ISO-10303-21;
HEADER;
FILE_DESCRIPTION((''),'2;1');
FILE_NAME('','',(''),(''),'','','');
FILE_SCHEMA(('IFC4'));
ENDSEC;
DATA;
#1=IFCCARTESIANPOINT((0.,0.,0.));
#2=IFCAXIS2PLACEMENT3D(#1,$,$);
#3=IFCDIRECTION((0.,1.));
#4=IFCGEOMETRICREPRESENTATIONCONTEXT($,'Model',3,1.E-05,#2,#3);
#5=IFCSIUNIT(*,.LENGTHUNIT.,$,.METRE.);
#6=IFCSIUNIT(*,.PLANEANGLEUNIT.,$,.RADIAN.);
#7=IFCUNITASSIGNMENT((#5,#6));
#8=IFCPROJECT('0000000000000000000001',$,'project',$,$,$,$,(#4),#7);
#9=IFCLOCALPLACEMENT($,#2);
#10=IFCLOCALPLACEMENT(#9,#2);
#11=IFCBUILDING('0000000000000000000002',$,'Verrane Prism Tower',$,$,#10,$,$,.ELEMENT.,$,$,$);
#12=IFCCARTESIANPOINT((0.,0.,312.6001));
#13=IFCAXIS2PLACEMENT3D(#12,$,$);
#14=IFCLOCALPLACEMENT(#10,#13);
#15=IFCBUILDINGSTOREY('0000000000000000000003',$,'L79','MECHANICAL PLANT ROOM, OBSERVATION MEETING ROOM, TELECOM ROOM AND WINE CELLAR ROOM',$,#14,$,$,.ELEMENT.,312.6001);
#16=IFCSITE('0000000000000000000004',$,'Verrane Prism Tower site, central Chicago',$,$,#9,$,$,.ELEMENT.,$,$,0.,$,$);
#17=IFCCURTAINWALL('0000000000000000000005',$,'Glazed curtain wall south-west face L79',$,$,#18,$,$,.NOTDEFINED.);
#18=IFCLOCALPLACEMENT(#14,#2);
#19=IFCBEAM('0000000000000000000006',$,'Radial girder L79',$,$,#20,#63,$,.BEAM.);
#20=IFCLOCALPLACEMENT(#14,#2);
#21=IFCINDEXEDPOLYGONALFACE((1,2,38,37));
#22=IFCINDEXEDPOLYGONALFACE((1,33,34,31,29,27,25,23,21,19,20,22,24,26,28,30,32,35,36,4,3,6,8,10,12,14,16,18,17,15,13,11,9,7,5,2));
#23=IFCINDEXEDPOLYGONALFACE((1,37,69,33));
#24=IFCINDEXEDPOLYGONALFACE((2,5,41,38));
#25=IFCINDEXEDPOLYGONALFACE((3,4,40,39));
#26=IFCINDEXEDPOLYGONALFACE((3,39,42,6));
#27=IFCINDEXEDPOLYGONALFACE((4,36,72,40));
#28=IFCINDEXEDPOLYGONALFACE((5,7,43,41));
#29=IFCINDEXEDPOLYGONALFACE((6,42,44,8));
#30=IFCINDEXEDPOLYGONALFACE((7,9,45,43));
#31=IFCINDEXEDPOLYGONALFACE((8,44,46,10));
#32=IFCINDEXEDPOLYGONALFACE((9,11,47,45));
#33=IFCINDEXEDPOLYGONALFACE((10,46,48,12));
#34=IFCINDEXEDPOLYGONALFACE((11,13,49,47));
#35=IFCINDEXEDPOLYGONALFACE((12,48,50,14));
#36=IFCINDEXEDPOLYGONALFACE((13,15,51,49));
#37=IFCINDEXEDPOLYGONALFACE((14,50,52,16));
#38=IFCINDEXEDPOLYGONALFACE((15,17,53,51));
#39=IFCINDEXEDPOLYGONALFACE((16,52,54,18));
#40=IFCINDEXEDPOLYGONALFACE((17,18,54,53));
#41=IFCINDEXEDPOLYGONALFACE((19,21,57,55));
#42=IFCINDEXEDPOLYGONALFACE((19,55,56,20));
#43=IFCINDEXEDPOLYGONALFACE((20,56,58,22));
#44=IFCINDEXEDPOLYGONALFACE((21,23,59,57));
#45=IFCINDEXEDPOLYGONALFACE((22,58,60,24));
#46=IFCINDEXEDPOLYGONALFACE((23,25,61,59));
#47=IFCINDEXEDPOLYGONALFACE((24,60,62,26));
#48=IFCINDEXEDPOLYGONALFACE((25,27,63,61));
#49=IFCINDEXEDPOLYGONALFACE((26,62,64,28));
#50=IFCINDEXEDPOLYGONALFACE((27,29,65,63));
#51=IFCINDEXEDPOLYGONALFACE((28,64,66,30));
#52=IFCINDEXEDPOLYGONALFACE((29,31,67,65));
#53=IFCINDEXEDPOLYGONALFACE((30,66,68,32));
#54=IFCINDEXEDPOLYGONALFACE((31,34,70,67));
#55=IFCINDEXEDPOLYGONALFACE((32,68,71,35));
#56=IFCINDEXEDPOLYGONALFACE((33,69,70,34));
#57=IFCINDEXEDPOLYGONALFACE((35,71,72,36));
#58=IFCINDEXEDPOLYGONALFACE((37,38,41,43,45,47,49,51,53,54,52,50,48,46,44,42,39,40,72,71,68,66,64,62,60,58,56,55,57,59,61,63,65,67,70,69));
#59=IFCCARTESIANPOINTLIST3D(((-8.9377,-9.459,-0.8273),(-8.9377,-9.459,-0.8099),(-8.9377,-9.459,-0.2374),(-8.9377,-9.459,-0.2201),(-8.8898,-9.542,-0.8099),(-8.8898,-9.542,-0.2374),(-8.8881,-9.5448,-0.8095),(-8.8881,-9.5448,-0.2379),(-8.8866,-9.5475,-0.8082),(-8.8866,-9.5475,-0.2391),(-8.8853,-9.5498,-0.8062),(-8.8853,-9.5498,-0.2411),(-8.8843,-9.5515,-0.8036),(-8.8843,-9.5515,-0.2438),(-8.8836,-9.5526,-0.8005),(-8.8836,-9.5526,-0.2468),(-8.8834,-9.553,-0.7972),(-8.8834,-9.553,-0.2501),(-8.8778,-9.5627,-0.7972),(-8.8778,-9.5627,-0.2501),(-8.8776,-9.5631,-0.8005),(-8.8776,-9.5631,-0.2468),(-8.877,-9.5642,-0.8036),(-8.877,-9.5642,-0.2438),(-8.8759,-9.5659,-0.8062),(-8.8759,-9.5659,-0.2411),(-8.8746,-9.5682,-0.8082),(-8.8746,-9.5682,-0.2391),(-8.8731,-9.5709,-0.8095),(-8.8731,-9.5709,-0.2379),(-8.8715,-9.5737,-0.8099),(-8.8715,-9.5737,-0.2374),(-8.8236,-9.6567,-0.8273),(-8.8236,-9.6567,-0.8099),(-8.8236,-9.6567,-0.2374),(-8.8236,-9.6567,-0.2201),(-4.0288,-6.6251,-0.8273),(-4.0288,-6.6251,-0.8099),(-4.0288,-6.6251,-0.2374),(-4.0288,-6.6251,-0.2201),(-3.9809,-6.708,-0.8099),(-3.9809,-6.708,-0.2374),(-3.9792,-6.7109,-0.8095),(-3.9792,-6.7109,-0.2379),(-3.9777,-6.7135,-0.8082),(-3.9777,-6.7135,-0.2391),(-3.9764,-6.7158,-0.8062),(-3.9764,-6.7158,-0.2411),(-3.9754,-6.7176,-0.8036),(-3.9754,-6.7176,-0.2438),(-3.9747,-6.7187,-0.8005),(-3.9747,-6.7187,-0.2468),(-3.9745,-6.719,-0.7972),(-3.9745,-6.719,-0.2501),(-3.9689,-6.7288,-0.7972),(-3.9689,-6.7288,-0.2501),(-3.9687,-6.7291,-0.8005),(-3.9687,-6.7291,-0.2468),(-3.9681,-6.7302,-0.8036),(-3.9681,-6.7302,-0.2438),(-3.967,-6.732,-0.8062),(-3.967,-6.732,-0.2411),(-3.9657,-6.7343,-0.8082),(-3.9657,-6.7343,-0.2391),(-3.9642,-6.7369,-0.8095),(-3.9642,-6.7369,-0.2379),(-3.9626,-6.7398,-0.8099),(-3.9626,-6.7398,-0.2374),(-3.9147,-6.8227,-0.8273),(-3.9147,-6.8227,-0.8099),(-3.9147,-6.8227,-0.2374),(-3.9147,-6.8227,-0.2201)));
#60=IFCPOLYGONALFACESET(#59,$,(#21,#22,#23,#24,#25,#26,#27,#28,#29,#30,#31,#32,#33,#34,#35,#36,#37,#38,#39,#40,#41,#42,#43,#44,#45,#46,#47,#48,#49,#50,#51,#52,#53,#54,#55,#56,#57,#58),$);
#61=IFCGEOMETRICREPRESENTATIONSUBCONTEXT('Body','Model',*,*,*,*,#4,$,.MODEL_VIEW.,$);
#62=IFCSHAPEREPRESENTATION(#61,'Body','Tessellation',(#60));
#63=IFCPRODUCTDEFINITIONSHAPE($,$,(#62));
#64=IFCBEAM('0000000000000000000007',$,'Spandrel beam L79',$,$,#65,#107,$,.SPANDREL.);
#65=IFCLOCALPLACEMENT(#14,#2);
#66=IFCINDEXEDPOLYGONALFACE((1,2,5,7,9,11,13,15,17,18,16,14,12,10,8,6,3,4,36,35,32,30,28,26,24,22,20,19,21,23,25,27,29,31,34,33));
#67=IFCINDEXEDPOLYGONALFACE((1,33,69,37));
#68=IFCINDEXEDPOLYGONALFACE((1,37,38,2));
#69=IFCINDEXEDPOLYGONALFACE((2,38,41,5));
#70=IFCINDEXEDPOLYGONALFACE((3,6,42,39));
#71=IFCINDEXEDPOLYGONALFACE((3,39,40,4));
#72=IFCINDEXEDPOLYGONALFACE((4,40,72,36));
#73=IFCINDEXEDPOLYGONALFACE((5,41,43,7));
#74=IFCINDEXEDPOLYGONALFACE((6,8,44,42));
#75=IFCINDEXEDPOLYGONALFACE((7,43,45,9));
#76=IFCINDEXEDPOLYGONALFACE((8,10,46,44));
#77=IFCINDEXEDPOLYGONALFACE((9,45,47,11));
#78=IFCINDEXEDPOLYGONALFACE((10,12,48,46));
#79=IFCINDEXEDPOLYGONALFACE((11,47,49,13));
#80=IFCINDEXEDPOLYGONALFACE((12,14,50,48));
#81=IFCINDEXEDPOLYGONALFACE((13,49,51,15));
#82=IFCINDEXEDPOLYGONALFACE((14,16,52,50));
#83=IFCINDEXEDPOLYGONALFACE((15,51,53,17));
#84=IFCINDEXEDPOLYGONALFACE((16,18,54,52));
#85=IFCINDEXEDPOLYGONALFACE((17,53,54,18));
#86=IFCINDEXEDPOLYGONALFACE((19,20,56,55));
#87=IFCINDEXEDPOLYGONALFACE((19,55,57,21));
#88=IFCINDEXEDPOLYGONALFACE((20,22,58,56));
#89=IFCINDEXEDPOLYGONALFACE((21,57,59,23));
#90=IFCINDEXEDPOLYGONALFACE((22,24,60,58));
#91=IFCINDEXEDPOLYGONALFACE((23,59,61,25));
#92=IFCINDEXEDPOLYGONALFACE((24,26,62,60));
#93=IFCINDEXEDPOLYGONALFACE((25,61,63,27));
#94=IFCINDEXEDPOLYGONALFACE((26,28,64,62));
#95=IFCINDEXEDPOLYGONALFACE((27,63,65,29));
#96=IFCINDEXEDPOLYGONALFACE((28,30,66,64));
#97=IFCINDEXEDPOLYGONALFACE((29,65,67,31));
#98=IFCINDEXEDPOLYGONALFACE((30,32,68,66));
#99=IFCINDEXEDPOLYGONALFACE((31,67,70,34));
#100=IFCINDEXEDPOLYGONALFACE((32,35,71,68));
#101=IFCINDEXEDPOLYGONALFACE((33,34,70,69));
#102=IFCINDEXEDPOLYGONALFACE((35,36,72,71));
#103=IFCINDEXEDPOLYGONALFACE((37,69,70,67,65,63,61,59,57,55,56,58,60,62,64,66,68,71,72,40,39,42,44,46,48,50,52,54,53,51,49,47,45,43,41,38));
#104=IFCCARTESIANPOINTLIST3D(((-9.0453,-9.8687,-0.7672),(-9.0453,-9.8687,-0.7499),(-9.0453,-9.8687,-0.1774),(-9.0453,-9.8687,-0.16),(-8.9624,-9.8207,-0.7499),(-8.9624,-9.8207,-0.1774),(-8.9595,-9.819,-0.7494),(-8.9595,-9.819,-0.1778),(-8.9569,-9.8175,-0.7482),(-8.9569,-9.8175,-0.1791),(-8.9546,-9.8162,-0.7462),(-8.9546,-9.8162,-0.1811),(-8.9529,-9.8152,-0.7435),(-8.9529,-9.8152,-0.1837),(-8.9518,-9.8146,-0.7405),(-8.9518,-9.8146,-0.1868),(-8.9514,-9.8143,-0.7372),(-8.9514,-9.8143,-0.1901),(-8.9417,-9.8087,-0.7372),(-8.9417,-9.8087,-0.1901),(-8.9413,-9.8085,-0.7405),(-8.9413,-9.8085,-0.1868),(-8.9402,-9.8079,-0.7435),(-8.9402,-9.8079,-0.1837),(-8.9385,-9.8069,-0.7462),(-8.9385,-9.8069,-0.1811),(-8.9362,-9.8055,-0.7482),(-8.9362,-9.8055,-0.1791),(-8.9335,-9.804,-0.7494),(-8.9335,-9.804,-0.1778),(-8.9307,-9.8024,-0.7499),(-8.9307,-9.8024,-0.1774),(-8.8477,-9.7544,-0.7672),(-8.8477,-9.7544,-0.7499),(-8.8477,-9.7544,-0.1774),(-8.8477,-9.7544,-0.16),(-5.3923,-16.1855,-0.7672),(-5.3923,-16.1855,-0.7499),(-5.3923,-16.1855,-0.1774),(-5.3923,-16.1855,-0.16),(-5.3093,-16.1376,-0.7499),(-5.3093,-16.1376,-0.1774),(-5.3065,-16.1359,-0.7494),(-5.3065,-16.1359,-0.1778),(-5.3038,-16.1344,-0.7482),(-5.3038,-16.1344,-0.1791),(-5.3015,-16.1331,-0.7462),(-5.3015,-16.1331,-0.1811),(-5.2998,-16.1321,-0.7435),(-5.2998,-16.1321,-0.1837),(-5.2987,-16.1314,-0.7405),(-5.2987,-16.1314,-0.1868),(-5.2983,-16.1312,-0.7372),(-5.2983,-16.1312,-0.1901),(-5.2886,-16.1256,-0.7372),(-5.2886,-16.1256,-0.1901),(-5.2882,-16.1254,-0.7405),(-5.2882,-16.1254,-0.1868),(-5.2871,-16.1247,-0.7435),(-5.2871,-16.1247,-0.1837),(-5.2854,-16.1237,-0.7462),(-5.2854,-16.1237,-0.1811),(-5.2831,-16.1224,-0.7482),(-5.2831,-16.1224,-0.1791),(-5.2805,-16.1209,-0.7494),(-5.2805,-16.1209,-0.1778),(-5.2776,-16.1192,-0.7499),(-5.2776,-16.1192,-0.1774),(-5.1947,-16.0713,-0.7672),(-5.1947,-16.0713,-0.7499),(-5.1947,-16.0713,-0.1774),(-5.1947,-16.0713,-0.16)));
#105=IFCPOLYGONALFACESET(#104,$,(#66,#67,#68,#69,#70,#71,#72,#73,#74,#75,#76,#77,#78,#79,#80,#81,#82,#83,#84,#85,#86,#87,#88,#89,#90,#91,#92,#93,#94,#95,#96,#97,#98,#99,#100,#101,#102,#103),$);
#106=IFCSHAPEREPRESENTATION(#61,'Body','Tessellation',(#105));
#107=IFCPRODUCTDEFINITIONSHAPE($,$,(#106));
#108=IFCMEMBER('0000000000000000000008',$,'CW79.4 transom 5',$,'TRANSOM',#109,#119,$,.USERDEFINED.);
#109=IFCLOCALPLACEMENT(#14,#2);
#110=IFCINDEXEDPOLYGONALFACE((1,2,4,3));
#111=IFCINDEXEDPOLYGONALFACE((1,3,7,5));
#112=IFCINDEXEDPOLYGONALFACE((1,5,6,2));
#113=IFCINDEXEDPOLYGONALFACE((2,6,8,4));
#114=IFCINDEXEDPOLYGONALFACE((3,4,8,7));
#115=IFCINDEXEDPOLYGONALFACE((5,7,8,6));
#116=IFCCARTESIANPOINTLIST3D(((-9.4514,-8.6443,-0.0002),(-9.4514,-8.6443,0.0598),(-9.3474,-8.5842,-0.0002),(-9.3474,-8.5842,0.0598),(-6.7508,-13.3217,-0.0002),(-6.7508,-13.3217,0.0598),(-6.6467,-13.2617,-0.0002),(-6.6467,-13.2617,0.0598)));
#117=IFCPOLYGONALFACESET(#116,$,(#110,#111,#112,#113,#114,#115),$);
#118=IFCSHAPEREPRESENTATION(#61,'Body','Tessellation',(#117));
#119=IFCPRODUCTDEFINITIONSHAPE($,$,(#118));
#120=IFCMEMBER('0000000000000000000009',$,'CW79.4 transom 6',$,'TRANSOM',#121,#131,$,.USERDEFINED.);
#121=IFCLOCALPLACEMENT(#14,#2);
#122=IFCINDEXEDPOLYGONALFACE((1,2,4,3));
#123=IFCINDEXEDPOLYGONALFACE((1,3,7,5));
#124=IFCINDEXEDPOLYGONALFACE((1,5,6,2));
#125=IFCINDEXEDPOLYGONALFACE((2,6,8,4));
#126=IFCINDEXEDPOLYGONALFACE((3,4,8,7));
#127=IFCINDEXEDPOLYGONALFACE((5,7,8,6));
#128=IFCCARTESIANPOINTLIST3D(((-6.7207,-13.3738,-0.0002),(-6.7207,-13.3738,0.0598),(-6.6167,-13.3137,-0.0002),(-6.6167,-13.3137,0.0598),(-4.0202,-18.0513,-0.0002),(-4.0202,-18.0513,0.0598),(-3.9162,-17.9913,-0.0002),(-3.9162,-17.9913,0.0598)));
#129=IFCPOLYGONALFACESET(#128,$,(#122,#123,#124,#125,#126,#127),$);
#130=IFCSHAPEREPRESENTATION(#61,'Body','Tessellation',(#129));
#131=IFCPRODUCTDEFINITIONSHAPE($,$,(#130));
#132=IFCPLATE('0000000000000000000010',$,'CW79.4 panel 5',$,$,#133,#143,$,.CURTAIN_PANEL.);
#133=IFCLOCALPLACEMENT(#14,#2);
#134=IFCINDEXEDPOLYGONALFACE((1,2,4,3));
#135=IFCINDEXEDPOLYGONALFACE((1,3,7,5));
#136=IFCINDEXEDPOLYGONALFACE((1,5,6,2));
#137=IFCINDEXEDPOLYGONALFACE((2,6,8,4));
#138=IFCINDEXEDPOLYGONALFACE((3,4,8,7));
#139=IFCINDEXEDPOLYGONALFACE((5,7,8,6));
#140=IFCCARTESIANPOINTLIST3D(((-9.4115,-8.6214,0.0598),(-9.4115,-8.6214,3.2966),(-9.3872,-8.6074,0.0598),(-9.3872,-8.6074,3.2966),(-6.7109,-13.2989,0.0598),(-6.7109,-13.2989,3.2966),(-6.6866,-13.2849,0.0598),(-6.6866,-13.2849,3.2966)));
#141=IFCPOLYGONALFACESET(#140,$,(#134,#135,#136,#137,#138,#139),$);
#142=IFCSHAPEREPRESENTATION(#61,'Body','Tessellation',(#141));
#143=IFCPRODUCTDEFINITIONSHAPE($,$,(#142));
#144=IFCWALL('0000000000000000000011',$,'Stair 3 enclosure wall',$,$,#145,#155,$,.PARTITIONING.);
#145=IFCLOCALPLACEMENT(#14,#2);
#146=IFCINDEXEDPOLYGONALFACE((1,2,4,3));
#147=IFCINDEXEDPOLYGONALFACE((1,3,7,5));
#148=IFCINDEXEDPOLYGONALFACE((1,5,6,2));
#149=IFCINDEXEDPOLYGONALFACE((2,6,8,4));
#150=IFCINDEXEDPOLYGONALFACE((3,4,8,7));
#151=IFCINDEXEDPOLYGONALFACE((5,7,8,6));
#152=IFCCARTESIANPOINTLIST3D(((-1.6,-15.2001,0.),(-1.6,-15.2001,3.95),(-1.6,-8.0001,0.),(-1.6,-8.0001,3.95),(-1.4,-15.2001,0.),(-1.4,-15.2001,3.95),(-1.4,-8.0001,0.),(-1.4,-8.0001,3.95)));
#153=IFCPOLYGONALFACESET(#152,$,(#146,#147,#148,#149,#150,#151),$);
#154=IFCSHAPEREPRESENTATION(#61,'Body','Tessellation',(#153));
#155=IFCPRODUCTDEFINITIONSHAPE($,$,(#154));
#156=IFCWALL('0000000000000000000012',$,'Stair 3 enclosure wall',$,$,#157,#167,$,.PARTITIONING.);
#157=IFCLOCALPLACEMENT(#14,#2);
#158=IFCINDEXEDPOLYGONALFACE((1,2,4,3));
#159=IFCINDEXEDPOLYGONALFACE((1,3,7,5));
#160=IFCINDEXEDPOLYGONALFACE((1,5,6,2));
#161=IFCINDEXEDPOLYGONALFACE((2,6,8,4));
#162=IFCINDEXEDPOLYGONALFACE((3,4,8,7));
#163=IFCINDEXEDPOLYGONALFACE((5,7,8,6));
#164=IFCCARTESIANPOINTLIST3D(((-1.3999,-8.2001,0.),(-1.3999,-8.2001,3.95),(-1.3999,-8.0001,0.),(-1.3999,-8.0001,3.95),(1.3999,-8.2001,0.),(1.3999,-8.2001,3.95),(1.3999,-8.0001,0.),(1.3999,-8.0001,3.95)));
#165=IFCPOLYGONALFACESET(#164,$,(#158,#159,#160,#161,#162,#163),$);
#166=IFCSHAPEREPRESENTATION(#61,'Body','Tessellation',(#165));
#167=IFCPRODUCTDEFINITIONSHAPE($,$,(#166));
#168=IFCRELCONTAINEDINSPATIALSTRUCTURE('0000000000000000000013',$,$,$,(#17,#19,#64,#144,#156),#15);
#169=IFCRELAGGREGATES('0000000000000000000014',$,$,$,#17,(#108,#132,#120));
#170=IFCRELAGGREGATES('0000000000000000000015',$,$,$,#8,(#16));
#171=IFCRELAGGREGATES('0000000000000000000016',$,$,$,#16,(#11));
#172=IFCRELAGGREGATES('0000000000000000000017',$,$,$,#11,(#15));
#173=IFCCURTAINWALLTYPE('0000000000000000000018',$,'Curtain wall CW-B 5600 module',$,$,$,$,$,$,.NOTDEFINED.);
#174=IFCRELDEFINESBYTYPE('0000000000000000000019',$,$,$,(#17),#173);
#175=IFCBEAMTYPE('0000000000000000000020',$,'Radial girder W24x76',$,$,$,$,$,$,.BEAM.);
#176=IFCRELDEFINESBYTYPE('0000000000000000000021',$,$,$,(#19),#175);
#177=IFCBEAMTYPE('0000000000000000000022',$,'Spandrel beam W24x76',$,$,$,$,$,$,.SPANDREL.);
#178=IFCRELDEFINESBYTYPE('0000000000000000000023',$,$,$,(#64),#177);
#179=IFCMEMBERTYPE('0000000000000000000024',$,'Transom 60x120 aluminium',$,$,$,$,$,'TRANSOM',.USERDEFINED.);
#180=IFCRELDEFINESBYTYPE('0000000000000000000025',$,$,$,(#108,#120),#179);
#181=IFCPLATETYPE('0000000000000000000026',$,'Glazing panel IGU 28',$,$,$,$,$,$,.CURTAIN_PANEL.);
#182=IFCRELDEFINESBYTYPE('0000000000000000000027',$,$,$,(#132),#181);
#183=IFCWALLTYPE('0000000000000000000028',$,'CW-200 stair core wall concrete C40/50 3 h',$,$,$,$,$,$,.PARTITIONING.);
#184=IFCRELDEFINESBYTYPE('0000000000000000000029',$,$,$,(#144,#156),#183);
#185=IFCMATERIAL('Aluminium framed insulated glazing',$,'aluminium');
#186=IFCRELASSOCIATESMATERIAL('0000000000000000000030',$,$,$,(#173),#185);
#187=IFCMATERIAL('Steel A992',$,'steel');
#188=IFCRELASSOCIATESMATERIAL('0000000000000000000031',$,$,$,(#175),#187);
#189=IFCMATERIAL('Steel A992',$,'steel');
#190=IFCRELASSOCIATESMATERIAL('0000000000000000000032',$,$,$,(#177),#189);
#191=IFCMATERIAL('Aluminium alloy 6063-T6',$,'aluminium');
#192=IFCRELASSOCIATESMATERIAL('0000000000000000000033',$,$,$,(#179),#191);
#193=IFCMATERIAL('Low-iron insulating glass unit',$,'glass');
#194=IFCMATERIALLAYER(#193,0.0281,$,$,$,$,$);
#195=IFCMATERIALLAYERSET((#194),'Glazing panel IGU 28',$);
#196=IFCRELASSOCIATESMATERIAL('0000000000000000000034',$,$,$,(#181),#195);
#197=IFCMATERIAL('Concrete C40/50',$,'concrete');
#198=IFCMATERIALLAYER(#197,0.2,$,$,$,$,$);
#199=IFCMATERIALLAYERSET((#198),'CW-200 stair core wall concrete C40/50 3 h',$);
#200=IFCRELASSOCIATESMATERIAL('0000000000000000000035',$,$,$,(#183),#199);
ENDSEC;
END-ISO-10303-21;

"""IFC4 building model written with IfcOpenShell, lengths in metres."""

from ifc_helpers import new_model, si_unit, direction, frame, frame_2d, origin, origin_2d, place, context, subcontext, project, spatial, rectangle, i_section, extrude, material, layer, layer_set, material_profile, profile_set, type_object, element, aggregate, save


model = new_model("IFC4")

# Units and contexts
model_context = context("Model", 3, precision=1e-05, world=origin(), true_north=direction((0.0, 1.0)))
body_context = subcontext(model_context, "Body", "Model", "MODEL_VIEW")
ifc_project = project(units=[si_unit("LENGTHUNIT", "METRE"), si_unit("PLANEANGLEUNIT", "RADIAN")], contexts=[model_context])

# Site, building, storey
site_placement = place(None, origin())
site = spatial("IfcSite", under=ifc_project, at=site_placement, Name="Verrane Prism Tower site, central Chicago", CompositionType="ELEMENT", RefElevation=0.0)
building_placement = place(site_placement, origin())
building = spatial("IfcBuilding", under=site, at=building_placement, Name="Verrane Prism Tower", CompositionType="ELEMENT")
storey_placement = place(building_placement, frame((0.0, 0.0, 312.6001)))
storey = spatial("IfcBuildingStorey", under=building, at=storey_placement, Name="L79", Description="MECHANICAL PLANT ROOM, OBSERVATION MEETING ROOM, TELECOM ROOM AND WINE CELLAR ROOM", CompositionType="ELEMENT", Elevation=312.6001)

# Curtain wall
ifc_material_1 = material(Name="Aluminium framed insulated glazing", Category="aluminium")
curtain_wall_type = type_object("IfcCurtainWallType", Name="Curtain wall CW-B 5600 module", PredefinedType="NOTDEFINED", material=ifc_material_1)
curtain_wall_placement = place(storey_placement, origin())
curtain_wall = element("IfcCurtainWall", 1, at=curtain_wall_placement, inside=storey, type_object=curtain_wall_type, Name="Glazed curtain wall south-west face L79", PredefinedType="NOTDEFINED")

# Beams
ifc_material_2 = material(Name="Steel A992", Category="steel")
ifc_material_profile_1 = material_profile(ifc_material_2, i_section(OverallWidth=0.2283, OverallDepth=0.6072, WebThickness=0.0112, FlangeThickness=0.0173, FilletRadius=0.0127, at=origin_2d()), Name="W24x76")
ifc_profile_set_1 = profile_set([ifc_material_profile_1], Name="Steel A992")
beam_type_1 = type_object("IfcBeamType", Name="Radial girder W24x76", PredefinedType="BEAM", material=ifc_profile_set_1)
beam_1_placement = place(storey_placement, frame((-8.8806, -9.5579, -0.5237), z_axis=(0.86604, 0.499975, 0.0), x_axis=(-0.499975, 0.86604, 0.0)))
element("IfcBeam", 2, at=beam_1_placement, inside=storey, type_object=beam_type_1, Name="Radial girder L79", PredefinedType="BEAM", context=body_context, shape_type="SweptSolid", body=[
    extrude(i_section(OverallWidth=0.2283, OverallDepth=0.6072, WebThickness=0.0112, FlangeThickness=0.0173, FilletRadius=0.0127, at=origin_2d()), origin(), (0.0, 0.0, 1.0), 5.6682),
])
ifc_material_3 = material(Name="Steel A992", Category="steel")
ifc_material_profile_2 = material_profile(ifc_material_3, i_section(OverallWidth=0.2283, OverallDepth=0.6072, WebThickness=0.0112, FlangeThickness=0.0173, FilletRadius=0.0127, at=origin_2d()), Name="W24x76")
ifc_profile_set_2 = profile_set([ifc_material_profile_2], Name="Steel A992")
beam_type_2 = type_object("IfcBeamType", Name="Spandrel beam W24x76", PredefinedType="SPANDREL", material=ifc_profile_set_2)
beam_2_placement = place(storey_placement, frame((-8.9465, -9.8115, -0.4636), z_axis=(0.500618, -0.865668, 0.0), x_axis=(0.865668, 0.500618, 0.0)))
element("IfcBeam", 3, at=beam_2_placement, inside=storey, type_object=beam_type_2, Name="Spandrel beam L79", PredefinedType="SPANDREL", context=body_context, shape_type="SweptSolid", body=[
    extrude(i_section(OverallWidth=0.2283, OverallDepth=0.6072, WebThickness=0.0112, FlangeThickness=0.0173, FilletRadius=0.0127, at=origin_2d()), origin(), (0.0, 0.0, 1.0), 7.2971),
])

# Members
ifc_material_4 = material(Name="Aluminium alloy 6063-T6", Category="aluminium")
ifc_material_profile_3 = material_profile(ifc_material_4, rectangle(XDim=0.1201, YDim=0.0601, at=origin_2d()), Name="Transom 60x120 aluminium")
ifc_profile_set_3 = profile_set([ifc_material_profile_3], Name="Aluminium alloy 6063-T6")
member_type_1 = type_object("IfcMemberType", Name="Transom 60x120 aluminium", ElementType="TRANSOM", PredefinedType="USERDEFINED", material=ifc_profile_set_3)
member_1_placement = place(storey_placement, frame((-9.3994, -8.6143, 0.0298), z_axis=(0.500019, -0.866015, 0.0), x_axis=(0.866015, 0.500019, 0.0)))
member_1 = element("IfcMember", 4, at=member_1_placement, type_object=member_type_1, Name="CW79.4 transom 5", ObjectType="TRANSOM", PredefinedType="USERDEFINED", context=body_context, shape_type="SweptSolid", body=[
    extrude(rectangle(XDim=0.1201, YDim=0.0601, at=origin_2d()), origin(), (0.0, 0.0, 1.0), 5.4011),
])
member_2_placement = place(storey_placement, frame((-6.6687, -13.3438, 0.0298), z_axis=(0.499985, -0.866034, 0.0), x_axis=(0.866034, 0.499985, 0.0)))
member_2 = element("IfcMember", 5, at=member_2_placement, type_object=member_type_1, Name="CW79.4 transom 6", ObjectType="TRANSOM", PredefinedType="USERDEFINED", context=body_context, shape_type="SweptSolid", body=[
    extrude(rectangle(XDim=0.1201, YDim=0.0601, at=origin_2d()), origin(), (0.0, 0.0, 1.0), 5.4011),
])

# Plate
ifc_material_5 = material(Name="Low-iron insulating glass unit", Category="glass")
ifc_layer_1 = layer(ifc_material_5, 0.0281)
ifc_layer_set_1 = layer_set([ifc_layer_1], Name="Glazing panel IGU 28")
plate_type = type_object("IfcPlateType", Name="Glazing panel IGU 28", PredefinedType="CURTAIN_PANEL", material=ifc_layer_set_1)
plate_placement = place(storey_placement, frame((-8.0491, -10.9531, 0.0598), z_axis=(0.0, 0.0, 1.0), x_axis=(0.5, -0.866025, 0.0)))
plate = element("IfcPlate", 6, at=plate_placement, type_object=plate_type, Name="CW79.4 panel 5", PredefinedType="CURTAIN_PANEL", context=body_context, shape_type="SweptSolid", body=[
    extrude(rectangle(XDim=5.4011, YDim=0.0281, at=origin_2d()), origin(), (0.0, 0.0, 1.0), 3.2368),
])
aggregate(curtain_wall, [member_1, plate, member_2])

# Walls
ifc_material_6 = material(Name="Concrete C40/50", Category="concrete")
ifc_layer_2 = layer(ifc_material_6, 0.2)
ifc_layer_set_2 = layer_set([ifc_layer_2], Name="CW-200 stair core wall concrete C40/50 3 h")
wall_type_1 = type_object("IfcWallType", Name="CW-200 stair core wall concrete C40/50 3 h", PredefinedType="PARTITIONING", material=ifc_layer_set_2)
wall_1_placement = place(storey_placement, frame((-1.5, -8.0, 0.0), z_axis=(0.0, 0.0, 1.0), x_axis=(0.0, -1.0, 0.0)))
element("IfcWall", 7, at=wall_1_placement, inside=storey, type_object=wall_type_1, Name="Stair 3 enclosure wall", PredefinedType="PARTITIONING", context=body_context, shape_type="SweptSolid", body=[
    extrude(rectangle(XDim=7.2, YDim=0.2, at=frame_2d((3.6001, 0.0))), origin(), (0.0, 0.0, 1.0), 3.95),
])
wall_2_placement = place(storey_placement, frame((-1.3999, -8.1001, 0.0), z_axis=(0.0, 0.0, 1.0), x_axis=(1.0, 0.0, 0.0)))
element("IfcWall", 8, at=wall_2_placement, inside=storey, type_object=wall_type_1, Name="Stair 3 enclosure wall", PredefinedType="PARTITIONING", context=body_context, shape_type="SweptSolid", body=[
    extrude(rectangle(XDim=2.7998, YDim=0.2, at=frame_2d((1.3999, 0.0))), origin(), (0.0, 0.0, 1.0), 3.95),
])

save(model, "model.ifc")
